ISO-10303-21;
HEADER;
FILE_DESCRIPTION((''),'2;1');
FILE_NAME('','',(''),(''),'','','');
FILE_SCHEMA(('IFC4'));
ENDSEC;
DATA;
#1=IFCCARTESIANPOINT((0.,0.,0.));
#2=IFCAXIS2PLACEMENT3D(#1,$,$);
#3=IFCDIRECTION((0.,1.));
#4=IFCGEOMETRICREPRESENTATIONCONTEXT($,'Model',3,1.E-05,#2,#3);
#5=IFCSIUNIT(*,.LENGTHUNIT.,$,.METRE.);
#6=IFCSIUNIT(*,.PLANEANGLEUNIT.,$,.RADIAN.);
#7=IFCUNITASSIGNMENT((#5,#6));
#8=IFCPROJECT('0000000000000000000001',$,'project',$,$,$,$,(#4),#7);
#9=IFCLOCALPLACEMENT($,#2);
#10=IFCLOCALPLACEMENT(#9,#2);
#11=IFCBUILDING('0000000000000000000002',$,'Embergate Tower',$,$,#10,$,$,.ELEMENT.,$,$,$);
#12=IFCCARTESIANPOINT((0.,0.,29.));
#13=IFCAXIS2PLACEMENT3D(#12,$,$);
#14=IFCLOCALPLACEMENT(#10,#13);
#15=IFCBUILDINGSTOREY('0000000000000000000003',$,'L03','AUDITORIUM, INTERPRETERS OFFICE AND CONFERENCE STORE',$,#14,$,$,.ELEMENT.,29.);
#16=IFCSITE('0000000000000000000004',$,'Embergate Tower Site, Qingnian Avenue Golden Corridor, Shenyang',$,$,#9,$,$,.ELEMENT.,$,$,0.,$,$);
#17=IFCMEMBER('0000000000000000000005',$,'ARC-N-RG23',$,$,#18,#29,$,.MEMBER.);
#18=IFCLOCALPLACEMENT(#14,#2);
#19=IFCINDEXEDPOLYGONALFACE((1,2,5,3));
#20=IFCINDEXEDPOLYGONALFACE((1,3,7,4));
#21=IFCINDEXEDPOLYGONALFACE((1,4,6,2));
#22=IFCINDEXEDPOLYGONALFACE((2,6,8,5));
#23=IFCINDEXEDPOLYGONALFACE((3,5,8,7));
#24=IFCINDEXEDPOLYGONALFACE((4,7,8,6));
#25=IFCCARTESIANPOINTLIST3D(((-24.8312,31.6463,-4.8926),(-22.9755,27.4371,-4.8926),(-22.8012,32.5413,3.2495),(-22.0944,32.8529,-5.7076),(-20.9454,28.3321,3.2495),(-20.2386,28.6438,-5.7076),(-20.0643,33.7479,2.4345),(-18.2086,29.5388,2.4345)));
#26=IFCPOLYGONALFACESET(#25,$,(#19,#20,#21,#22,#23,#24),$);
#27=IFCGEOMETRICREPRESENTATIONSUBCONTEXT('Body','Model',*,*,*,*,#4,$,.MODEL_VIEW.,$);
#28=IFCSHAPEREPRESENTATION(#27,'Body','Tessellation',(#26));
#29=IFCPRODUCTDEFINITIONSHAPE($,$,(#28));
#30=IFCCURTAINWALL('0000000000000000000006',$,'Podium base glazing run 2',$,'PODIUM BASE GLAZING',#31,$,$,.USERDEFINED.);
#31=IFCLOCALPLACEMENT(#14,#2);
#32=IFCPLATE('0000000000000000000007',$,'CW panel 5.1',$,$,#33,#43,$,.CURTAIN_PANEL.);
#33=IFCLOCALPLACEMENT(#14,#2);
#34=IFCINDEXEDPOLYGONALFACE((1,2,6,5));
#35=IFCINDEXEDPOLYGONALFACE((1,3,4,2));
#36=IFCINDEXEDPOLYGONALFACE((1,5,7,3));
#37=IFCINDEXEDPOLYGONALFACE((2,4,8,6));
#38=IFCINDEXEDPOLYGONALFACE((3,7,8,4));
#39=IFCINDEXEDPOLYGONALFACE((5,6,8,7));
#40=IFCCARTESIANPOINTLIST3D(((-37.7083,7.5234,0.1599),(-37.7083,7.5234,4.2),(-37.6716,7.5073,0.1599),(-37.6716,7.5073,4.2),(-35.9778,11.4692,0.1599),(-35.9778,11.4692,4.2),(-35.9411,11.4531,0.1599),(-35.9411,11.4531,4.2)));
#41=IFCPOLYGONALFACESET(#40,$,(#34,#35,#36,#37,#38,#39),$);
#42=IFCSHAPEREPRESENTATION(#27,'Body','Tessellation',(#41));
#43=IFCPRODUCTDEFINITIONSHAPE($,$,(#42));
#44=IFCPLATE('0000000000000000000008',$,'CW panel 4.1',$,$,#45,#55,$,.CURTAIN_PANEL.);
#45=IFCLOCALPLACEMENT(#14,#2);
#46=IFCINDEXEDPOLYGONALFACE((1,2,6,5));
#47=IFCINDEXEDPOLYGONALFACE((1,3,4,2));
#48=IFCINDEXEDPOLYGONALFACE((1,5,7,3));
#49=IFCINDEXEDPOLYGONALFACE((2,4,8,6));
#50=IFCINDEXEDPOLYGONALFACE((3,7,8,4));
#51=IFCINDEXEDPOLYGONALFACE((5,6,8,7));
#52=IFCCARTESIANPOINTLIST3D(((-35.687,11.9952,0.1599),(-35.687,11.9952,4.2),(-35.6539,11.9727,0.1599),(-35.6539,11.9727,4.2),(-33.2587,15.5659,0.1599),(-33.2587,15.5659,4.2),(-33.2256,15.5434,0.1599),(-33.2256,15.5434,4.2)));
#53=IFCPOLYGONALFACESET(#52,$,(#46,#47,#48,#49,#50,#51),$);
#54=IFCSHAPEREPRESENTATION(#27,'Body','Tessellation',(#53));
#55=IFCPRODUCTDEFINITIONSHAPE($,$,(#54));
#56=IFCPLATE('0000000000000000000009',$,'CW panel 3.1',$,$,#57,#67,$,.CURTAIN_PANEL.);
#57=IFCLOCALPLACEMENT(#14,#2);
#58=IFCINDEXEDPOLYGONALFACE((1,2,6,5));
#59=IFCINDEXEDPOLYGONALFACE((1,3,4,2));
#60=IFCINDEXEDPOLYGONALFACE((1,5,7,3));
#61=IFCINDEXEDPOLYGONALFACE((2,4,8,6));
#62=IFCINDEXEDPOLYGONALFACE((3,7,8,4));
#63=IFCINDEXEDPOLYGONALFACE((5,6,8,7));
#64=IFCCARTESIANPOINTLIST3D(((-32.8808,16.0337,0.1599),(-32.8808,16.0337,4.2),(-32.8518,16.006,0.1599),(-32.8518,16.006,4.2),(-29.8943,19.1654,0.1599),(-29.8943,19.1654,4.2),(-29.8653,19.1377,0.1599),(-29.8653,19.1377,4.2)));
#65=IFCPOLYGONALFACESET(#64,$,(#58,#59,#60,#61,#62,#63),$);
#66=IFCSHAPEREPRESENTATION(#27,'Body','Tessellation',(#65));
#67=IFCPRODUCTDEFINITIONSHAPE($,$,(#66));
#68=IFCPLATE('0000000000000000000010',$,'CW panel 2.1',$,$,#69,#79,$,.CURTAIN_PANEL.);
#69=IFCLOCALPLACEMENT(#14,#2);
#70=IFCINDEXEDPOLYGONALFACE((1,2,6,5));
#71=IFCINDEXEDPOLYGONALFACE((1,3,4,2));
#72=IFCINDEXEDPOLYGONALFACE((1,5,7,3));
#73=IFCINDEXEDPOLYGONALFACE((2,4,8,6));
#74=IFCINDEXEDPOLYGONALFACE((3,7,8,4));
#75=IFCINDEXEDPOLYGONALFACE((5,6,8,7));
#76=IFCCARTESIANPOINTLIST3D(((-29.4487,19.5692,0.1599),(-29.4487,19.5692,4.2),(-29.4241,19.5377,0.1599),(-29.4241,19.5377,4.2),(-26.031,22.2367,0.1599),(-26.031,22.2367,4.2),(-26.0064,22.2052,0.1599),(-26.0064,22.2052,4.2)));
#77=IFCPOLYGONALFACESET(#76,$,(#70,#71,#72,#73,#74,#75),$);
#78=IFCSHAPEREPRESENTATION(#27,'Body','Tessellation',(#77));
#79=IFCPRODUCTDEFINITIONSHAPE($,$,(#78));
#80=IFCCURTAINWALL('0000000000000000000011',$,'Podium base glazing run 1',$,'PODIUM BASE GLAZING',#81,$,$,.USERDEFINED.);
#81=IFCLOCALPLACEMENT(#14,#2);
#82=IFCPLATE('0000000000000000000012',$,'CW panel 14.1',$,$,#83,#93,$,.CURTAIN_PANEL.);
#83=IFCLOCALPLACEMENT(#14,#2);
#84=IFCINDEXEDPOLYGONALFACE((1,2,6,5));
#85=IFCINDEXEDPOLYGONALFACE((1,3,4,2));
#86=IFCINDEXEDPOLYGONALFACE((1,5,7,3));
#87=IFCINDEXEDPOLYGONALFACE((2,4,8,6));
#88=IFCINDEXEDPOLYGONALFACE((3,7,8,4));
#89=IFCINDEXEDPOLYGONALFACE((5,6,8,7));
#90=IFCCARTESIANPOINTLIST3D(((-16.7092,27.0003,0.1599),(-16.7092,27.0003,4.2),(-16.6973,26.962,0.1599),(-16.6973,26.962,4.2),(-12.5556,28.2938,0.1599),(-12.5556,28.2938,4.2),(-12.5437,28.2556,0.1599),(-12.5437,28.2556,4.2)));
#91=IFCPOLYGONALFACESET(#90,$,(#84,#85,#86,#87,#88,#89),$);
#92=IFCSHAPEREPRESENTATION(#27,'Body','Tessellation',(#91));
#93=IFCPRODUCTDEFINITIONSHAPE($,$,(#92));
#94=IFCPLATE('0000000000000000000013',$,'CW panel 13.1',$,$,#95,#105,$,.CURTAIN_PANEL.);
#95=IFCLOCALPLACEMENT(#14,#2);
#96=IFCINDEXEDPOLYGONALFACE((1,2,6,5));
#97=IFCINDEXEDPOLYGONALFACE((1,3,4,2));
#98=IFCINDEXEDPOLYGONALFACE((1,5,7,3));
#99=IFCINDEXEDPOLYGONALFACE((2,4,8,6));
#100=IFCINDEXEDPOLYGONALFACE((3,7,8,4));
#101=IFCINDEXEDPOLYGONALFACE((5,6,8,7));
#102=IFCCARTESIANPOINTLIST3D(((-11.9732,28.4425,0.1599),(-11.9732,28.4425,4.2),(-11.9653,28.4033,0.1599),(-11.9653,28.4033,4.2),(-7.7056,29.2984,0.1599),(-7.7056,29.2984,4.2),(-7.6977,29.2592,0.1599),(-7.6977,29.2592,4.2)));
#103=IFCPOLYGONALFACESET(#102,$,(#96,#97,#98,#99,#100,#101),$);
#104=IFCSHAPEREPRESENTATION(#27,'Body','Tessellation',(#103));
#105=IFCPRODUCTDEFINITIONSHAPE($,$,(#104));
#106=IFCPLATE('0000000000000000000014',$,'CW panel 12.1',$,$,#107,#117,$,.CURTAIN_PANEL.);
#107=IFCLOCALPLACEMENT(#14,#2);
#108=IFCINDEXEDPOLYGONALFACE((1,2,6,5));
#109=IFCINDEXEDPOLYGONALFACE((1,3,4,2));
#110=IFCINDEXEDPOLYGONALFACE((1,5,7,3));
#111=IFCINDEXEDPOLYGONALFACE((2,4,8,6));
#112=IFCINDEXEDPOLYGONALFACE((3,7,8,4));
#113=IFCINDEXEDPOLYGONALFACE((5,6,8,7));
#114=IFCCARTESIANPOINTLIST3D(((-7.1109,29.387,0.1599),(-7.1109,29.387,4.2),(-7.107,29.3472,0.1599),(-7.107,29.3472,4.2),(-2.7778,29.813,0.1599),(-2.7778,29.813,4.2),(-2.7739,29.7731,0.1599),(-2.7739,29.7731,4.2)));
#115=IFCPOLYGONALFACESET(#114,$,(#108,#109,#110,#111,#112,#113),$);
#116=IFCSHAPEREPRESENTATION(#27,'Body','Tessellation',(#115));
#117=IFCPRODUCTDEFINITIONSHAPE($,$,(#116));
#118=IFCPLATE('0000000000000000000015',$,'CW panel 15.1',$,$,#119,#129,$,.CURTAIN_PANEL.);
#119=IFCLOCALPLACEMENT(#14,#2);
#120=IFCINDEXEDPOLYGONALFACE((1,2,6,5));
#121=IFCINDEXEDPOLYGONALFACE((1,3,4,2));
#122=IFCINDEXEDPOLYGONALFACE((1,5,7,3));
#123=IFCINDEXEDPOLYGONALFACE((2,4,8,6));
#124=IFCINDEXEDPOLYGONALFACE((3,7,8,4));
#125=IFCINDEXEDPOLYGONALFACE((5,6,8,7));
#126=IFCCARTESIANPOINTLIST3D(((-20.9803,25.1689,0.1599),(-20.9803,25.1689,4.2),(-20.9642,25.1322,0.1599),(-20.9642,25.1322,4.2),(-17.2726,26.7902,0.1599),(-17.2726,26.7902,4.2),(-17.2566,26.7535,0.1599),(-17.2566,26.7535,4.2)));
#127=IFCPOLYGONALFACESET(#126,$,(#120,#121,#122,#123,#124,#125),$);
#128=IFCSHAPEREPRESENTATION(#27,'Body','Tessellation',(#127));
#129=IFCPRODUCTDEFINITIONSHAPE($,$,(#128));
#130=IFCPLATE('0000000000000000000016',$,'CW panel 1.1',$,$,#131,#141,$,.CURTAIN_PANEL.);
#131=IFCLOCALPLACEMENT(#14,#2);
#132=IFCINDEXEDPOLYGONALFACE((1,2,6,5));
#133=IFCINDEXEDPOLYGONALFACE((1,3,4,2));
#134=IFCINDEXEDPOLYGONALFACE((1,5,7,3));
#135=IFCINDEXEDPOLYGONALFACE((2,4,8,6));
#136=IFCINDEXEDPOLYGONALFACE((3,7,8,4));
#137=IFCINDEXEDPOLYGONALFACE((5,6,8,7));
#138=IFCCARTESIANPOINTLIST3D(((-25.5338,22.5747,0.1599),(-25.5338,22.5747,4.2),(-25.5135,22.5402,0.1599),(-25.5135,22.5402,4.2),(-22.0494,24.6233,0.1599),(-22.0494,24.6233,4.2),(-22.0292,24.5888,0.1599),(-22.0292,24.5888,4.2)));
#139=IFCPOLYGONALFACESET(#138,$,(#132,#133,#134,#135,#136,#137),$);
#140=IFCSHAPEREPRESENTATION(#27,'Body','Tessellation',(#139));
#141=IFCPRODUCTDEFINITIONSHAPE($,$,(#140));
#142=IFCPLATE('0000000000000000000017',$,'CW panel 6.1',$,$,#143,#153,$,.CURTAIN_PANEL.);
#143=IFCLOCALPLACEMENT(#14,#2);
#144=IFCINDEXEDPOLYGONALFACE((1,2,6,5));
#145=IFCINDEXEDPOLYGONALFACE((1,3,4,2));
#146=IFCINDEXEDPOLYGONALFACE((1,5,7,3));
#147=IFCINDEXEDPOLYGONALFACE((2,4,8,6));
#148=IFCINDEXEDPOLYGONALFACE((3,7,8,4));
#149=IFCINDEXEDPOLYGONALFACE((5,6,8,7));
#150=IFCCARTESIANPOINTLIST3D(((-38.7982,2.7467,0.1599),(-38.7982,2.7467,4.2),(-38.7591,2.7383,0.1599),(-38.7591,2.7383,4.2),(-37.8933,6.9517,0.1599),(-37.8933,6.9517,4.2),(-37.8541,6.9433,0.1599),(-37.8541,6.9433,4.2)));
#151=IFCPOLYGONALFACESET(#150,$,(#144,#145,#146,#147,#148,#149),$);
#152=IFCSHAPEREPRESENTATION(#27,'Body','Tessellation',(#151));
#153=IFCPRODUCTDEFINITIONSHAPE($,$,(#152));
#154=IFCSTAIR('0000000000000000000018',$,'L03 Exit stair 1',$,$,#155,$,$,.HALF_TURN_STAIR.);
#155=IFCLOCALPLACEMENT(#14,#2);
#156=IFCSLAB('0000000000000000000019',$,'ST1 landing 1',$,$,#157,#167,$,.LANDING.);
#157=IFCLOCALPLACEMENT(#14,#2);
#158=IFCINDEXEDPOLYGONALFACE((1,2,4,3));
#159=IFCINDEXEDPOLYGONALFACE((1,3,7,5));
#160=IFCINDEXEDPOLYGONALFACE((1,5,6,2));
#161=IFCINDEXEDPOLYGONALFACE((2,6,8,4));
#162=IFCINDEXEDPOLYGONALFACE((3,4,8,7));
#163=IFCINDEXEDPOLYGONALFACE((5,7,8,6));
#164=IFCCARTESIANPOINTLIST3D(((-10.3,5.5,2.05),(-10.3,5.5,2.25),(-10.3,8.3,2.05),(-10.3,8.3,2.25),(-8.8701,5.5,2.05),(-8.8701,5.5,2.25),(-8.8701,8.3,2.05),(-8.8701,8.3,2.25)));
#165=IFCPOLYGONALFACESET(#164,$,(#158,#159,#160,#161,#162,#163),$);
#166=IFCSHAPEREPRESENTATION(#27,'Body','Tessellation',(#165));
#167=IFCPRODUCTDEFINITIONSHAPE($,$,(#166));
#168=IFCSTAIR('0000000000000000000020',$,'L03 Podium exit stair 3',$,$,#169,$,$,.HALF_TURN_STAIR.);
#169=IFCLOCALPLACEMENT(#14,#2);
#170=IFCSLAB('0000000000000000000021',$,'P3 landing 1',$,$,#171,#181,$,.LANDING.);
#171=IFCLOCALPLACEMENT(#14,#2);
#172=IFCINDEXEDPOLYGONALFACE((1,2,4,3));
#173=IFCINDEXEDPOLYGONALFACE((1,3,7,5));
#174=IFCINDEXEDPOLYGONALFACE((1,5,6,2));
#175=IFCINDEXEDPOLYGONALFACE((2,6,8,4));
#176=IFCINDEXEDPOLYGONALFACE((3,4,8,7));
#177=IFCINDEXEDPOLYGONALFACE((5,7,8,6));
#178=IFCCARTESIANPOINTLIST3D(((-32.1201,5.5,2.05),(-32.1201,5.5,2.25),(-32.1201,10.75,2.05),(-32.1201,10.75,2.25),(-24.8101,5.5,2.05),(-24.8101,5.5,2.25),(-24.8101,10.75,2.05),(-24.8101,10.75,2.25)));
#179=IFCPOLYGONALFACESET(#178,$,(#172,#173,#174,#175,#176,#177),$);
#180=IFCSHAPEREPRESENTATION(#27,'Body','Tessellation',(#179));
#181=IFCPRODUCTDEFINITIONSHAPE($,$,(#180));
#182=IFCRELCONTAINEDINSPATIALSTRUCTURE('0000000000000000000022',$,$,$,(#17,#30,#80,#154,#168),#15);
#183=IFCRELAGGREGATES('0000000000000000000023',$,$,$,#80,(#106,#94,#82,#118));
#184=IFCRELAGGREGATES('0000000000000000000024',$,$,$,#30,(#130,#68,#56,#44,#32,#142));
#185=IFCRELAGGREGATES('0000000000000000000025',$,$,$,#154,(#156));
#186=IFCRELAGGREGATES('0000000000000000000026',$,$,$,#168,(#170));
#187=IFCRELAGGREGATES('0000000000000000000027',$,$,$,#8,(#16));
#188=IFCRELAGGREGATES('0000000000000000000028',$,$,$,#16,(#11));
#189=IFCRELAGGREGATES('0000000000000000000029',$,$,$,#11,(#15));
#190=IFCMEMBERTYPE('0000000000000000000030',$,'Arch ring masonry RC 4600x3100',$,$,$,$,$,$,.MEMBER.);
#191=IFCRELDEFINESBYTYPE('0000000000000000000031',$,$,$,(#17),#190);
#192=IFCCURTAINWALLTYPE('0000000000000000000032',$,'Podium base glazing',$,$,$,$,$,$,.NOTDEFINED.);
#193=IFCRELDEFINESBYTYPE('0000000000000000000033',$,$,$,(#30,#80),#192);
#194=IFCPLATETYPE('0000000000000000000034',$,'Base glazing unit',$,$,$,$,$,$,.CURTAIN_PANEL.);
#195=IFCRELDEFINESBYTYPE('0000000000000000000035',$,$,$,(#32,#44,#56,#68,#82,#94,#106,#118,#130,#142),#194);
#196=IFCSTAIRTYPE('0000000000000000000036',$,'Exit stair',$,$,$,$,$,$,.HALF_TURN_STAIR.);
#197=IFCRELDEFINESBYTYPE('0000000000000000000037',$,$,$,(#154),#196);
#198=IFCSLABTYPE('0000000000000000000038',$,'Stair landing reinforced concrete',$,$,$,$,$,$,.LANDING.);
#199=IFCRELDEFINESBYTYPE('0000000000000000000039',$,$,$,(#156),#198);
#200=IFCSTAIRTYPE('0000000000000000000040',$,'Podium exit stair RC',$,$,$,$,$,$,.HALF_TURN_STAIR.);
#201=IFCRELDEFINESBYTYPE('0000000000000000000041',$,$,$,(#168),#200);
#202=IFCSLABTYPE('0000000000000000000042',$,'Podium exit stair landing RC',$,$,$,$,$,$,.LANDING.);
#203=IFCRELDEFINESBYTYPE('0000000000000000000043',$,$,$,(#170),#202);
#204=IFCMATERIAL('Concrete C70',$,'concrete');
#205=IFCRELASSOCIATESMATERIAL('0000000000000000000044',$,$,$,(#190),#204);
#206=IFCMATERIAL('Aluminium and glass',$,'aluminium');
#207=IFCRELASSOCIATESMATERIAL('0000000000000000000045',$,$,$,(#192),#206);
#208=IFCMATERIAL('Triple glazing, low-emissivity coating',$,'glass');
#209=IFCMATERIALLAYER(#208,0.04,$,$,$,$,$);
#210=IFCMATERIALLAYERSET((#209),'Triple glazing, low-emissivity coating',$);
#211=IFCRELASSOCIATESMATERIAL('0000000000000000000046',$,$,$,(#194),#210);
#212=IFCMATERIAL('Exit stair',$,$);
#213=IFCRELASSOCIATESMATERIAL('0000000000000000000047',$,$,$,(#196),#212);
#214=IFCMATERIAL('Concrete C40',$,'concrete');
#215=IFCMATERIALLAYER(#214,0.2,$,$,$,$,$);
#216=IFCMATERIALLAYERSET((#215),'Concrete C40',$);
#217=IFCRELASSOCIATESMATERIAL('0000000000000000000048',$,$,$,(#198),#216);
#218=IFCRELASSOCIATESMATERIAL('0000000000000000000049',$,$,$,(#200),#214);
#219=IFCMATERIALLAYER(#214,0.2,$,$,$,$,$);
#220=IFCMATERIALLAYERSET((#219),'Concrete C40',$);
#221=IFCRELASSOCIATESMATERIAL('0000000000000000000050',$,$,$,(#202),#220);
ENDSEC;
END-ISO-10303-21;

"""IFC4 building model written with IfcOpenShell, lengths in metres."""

from ifc_helpers import new_model, si_unit, direction, frame, origin, origin_2d, place, context, subcontext, project, spatial, polyline, rectangle, outline, extrude, source, transform, mapped, material, layer, layer_set, material_profile, profile_set, type_object, element, aggregate, save


model = new_model("IFC4")

# Units and contexts
model_context = context("Model", 3, precision=1e-05, world=origin(), true_north=direction((0.0, 1.0)))
body_context = subcontext(model_context, "Body", "Model", "MODEL_VIEW")
ifc_project = project(units=[si_unit("LENGTHUNIT", "METRE"), si_unit("PLANEANGLEUNIT", "RADIAN")], contexts=[model_context])

# Site, building, storey
site_placement = place(None, origin())
site = spatial("IfcSite", under=ifc_project, at=site_placement, Name="Embergate Tower Site, Qingnian Avenue Golden Corridor, Shenyang", CompositionType="ELEMENT", RefElevation=0.0)
building_placement = place(site_placement, origin())
building = spatial("IfcBuilding", under=site, at=building_placement, Name="Embergate Tower", CompositionType="ELEMENT")
storey_placement = place(building_placement, frame((0.0, 0.0, 29.0)))
storey = spatial("IfcBuildingStorey", under=building, at=storey_placement, Name="L03", Description="AUDITORIUM, INTERPRETERS OFFICE AND CONFERENCE STORE", CompositionType="ELEMENT", Elevation=29.0)

# Member
ifc_material_1 = material(Name="Concrete C70", Category="concrete")
ifc_material_profile = material_profile(ifc_material_1, rectangle(XDim=4.6001, YDim=3.1001, at=origin_2d()), Name="RC 4600x3100")
ifc_profile_set = profile_set([ifc_material_profile], Name="Concrete C70")
member_type = type_object("IfcMemberType", Name="Arch ring masonry RC 4600x3100", PredefinedType="MEMBER", material=ifc_profile_set)
shared_shape_1 = source(origin(), body_context, "Body", "SweptSolid", [
    extrude(rectangle(XDim=4.6001, YDim=3.1001, at=origin_2d()), origin(), (0.0, 0.0, 1.0), 8.439),
])
member_placement = place(storey_placement, frame((-20.5049, 31.04, 2.842), z_axis=(-0.240555, -0.106058, -0.964824), x_axis=(0.403421, -0.915015, 0.0)))
element("IfcMember", 1, at=member_placement, inside=storey, type_object=member_type, Name="ARC-N-RG23", PredefinedType="MEMBER", context=body_context, shape_type="MappedRepresentation", body=[
    mapped(shared_shape_1, transform((0.0, 0.0, 0.0))),
])

# Curtain walls, plates
ifc_material_2 = material(Name="Aluminium and glass", Category="aluminium")
curtain_wall_type = type_object("IfcCurtainWallType", Name="Podium base glazing", PredefinedType="NOTDEFINED", material=ifc_material_2)
curtain_wall_1_placement = place(storey_placement, origin())
curtain_wall_1 = element("IfcCurtainWall", 2, at=curtain_wall_1_placement, inside=storey, type_object=curtain_wall_type, Name="Podium base glazing run 2", ObjectType="PODIUM BASE GLAZING", PredefinedType="USERDEFINED")
ifc_material_3 = material(Name="Triple glazing, low-emissivity coating", Category="glass")
ifc_layer_1 = layer(ifc_material_3, 0.04)
ifc_layer_set_1 = layer_set([ifc_layer_1], Name="Triple glazing, low-emissivity coating")
plate_type = type_object("IfcPlateType", Name="Base glazing unit", PredefinedType="CURTAIN_PANEL", material=ifc_layer_set_1)
shared_shape_2 = source(origin(), body_context, "Body", "SweptSolid", [
    extrude(rectangle(XDim=4.3086, YDim=0.04, at=origin_2d()), origin(), (0.0, 0.0, 1.0), 4.04),
])
plate_1_placement = place(storey_placement, frame((-36.8247, 9.4883, 0.1599), z_axis=(0.0, 0.0, 1.0), x_axis=(-0.401644, -0.915796, 0.0)))
plate_1 = element("IfcPlate", 3, at=plate_1_placement, type_object=plate_type, Name="CW panel 5.1", PredefinedType="CURTAIN_PANEL", context=body_context, shape_type="MappedRepresentation", body=[
    mapped(shared_shape_2, transform((0.0, 0.0, 0.0))),
])
shared_shape_3 = source(origin(), body_context, "Body", "SweptSolid", [
    extrude(rectangle(XDim=4.3181, YDim=0.04, at=origin_2d()), origin(), (0.0, 0.0, 1.0), 4.04),
])
plate_2_placement = place(storey_placement, frame((-34.4563, 13.7693, 0.1599), z_axis=(0.0, 0.0, 1.0), x_axis=(-0.562333, -0.826911, 0.0)))
plate_2 = element("IfcPlate", 4, at=plate_2_placement, type_object=plate_type, Name="CW panel 4.1", PredefinedType="CURTAIN_PANEL", context=body_context, shape_type="MappedRepresentation", body=[
    mapped(shared_shape_3, transform((0.0, 0.0, 0.0))),
])
shared_shape_4 = source(origin(), body_context, "Body", "SweptSolid", [
    extrude(rectangle(XDim=4.3274, YDim=0.04, at=origin_2d()), origin(), (0.0, 0.0, 1.0), 4.04),
])
plate_3_placement = place(storey_placement, frame((-31.373, 17.5857, 0.1599), z_axis=(0.0, 0.0, 1.0), x_axis=(-0.690125, -0.72369, 0.0)))
plate_3 = element("IfcPlate", 5, at=plate_3_placement, type_object=plate_type, Name="CW panel 3.1", PredefinedType="CURTAIN_PANEL", context=body_context, shape_type="MappedRepresentation", body=[
    mapped(shared_shape_4, transform((0.0, 0.0, 0.0))),
])
shared_shape_5 = source(origin(), body_context, "Body", "SweptSolid", [
    extrude(rectangle(XDim=4.3354, YDim=0.04, at=origin_2d()), origin(), (0.0, 0.0, 1.0), 4.04),
])
plate_4_placement = place(storey_placement, frame((-27.7275, 20.8872, 0.1599), z_axis=(0.0, 0.0, 1.0), x_axis=(-0.788313, -0.615275, 0.0)))
plate_4 = element("IfcPlate", 6, at=plate_4_placement, type_object=plate_type, Name="CW panel 2.1", PredefinedType="CURTAIN_PANEL", context=body_context, shape_type="MappedRepresentation", body=[
    mapped(shared_shape_5, transform((0.0, 0.0, 0.0))),
])
curtain_wall_2_placement = place(storey_placement, origin())
curtain_wall_2 = element("IfcCurtainWall", 7, at=curtain_wall_2_placement, inside=storey, type_object=curtain_wall_type, Name="Podium base glazing run 1", ObjectType="PODIUM BASE GLAZING", PredefinedType="USERDEFINED")
shared_shape_6 = source(origin(), body_context, "Body", "SweptSolid", [
    extrude(rectangle(XDim=4.3503, YDim=0.04, at=origin_2d()), origin(), (0.0, 0.0, 1.0), 4.04),
])
plate_5_placement = place(storey_placement, frame((-14.6265, 27.6279, 0.1599), z_axis=(0.0, 0.0, 1.0), x_axis=(-0.95477, -0.297347, 0.0)))
plate_5 = element("IfcPlate", 8, at=plate_5_placement, type_object=plate_type, Name="CW panel 14.1", PredefinedType="CURTAIN_PANEL", context=body_context, shape_type="MappedRepresentation", body=[
    mapped(shared_shape_6, transform((0.0, 0.0, 0.0))),
])
shared_shape_7 = source(origin(), body_context, "Body", "SweptSolid", [
    extrude(rectangle(XDim=4.3525, YDim=0.04, at=origin_2d()), origin(), (0.0, 0.0, 1.0), 4.04),
])
plate_6_placement = place(storey_placement, frame((-9.8354, 28.8508, 0.1599), z_axis=(0.0, 0.0, 1.0), x_axis=(-0.980475, -0.196644, 0.0)))
plate_6 = element("IfcPlate", 9, at=plate_6_placement, type_object=plate_type, Name="CW panel 13.1", PredefinedType="CURTAIN_PANEL", context=body_context, shape_type="MappedRepresentation", body=[
    mapped(shared_shape_7, transform((0.0, 0.0, 0.0))),
])
shared_shape_8 = source(origin(), body_context, "Body", "SweptSolid", [
    extrude(rectangle(XDim=4.354, YDim=0.04, at=origin_2d()), origin(), (0.0, 0.0, 1.0), 4.04),
])
plate_7_placement = place(storey_placement, frame((-4.9424, 29.5801, 0.1599), z_axis=(0.0, 0.0, 1.0), x_axis=(-0.995203, -0.097831, 0.0)))
plate_7 = element("IfcPlate", 10, at=plate_7_placement, type_object=plate_type, Name="CW panel 12.1", PredefinedType="CURTAIN_PANEL", context=body_context, shape_type="MappedRepresentation", body=[
    mapped(shared_shape_8, transform((0.0, 0.0, 0.0))),
])
shared_shape_9 = source(origin(), body_context, "Body", "SweptSolid", [
    extrude(rectangle(XDim=4.0466, YDim=0.04, at=origin_2d()), origin(), (0.0, 0.0, 1.0), 4.04),
])
plate_8_placement = place(storey_placement, frame((-19.1184, 25.9612, 0.1599), z_axis=(0.0, 0.0, 1.0), x_axis=(-0.916232, -0.400648, 0.0)))
plate_8 = element("IfcPlate", 11, at=plate_8_placement, type_object=plate_type, Name="CW panel 15.1", PredefinedType="CURTAIN_PANEL", context=body_context, shape_type="MappedRepresentation", body=[
    mapped(shared_shape_9, transform((0.0, 0.0, 0.0))),
])
aggregate(curtain_wall_2, [plate_7, plate_6, plate_5, plate_8])

# Plates
shared_shape_10 = source(origin(), body_context, "Body", "SweptSolid", [
    extrude(rectangle(XDim=4.042, YDim=0.04, at=origin_2d()), origin(), (0.0, 0.0, 1.0), 4.04),
])
plate_9_placement = place(storey_placement, frame((-23.7815, 23.5818, 0.1599), z_axis=(0.0, 0.0, 1.0), x_axis=(-0.862047, -0.506828, 0.0)))
plate_9 = element("IfcPlate", 12, at=plate_9_placement, type_object=plate_type, Name="CW panel 1.1", PredefinedType="CURTAIN_PANEL", context=body_context, shape_type="MappedRepresentation", body=[
    mapped(shared_shape_10, transform((0.0, 0.0, 0.0))),
])
shared_shape_11 = source(origin(), body_context, "Body", "SweptSolid", [
    extrude(rectangle(XDim=4.3013, YDim=0.04, at=origin_2d()), origin(), (0.0, 0.0, 1.0), 4.04),
])
plate_10_placement = place(storey_placement, frame((-38.3262, 4.845, 0.1599), z_axis=(0.0, 0.0, 1.0), x_axis=(-0.210393, -0.977617, 0.0)))
plate_10 = element("IfcPlate", 13, at=plate_10_placement, type_object=plate_type, Name="CW panel 6.1", PredefinedType="CURTAIN_PANEL", context=body_context, shape_type="MappedRepresentation", body=[
    mapped(shared_shape_11, transform((0.0, 0.0, 0.0))),
])
aggregate(curtain_wall_1, [plate_9, plate_4, plate_3, plate_2, plate_1, plate_10])

# Stairs, slabs
ifc_material_4 = material(Name="Exit stair")
stair_type_1 = type_object("IfcStairType", Name="Exit stair", PredefinedType="HALF_TURN_STAIR", material=ifc_material_4)
stair_1_placement = place(storey_placement, origin())
stair_1 = element("IfcStair", 14, at=stair_1_placement, inside=storey, type_object=stair_type_1, Name="L03 Exit stair 1", PredefinedType="HALF_TURN_STAIR")
ifc_material_5 = material(Name="Concrete C40", Category="concrete")
ifc_layer_2 = layer(ifc_material_5, 0.2)
ifc_layer_set_2 = layer_set([ifc_layer_2], Name="Concrete C40")
slab_type_1 = type_object("IfcSlabType", Name="Stair landing reinforced concrete", PredefinedType="LANDING", material=ifc_layer_set_2)
shared_shape_12 = source(origin(), body_context, "Body", "SweptSolid", [
    extrude(outline(polyline([(0.0, 0.0), (1.4299, 0.0), (1.4299, 2.8), (0.0, 2.8), (0.0, 0.0)])), origin(), (0.0, 0.0, 1.0), 0.2),
])
slab_1_placement = place(storey_placement, frame((-10.3, 5.5, 2.05)))
slab_1 = element("IfcSlab", 15, at=slab_1_placement, type_object=slab_type_1, Name="ST1 landing 1", PredefinedType="LANDING", context=body_context, shape_type="MappedRepresentation", body=[
    mapped(shared_shape_12, transform((0.0, 0.0, 0.0))),
])
stair_type_2 = type_object("IfcStairType", Name="Podium exit stair RC", PredefinedType="HALF_TURN_STAIR", material=ifc_material_5)
stair_2_placement = place(storey_placement, origin())
stair_2 = element("IfcStair", 16, at=stair_2_placement, inside=storey, type_object=stair_type_2, Name="L03 Podium exit stair 3", PredefinedType="HALF_TURN_STAIR")
ifc_layer_3 = layer(ifc_material_5, 0.2)
ifc_layer_set_3 = layer_set([ifc_layer_3], Name="Concrete C40")
slab_type_2 = type_object("IfcSlabType", Name="Podium exit stair landing RC", PredefinedType="LANDING", material=ifc_layer_set_3)
shared_shape_13 = source(origin(), body_context, "Body", "SweptSolid", [
    extrude(outline(polyline([(0.0, 0.0), (7.3101, 0.0), (7.3101, 5.25), (0.0, 5.25), (0.0, 0.0)])), origin(), (0.0, 0.0, 1.0), 0.2),
])
slab_2_placement = place(storey_placement, frame((-32.1201, 5.5, 2.05)))
slab_2 = element("IfcSlab", 17, at=slab_2_placement, type_object=slab_type_2, Name="P3 landing 1", PredefinedType="LANDING", context=body_context, shape_type="MappedRepresentation", body=[
    mapped(shared_shape_13, transform((0.0, 0.0, 0.0))),
])

aggregate(stair_1, [slab_1])
aggregate(stair_2, [slab_2])

save(model, "model.ifc")
